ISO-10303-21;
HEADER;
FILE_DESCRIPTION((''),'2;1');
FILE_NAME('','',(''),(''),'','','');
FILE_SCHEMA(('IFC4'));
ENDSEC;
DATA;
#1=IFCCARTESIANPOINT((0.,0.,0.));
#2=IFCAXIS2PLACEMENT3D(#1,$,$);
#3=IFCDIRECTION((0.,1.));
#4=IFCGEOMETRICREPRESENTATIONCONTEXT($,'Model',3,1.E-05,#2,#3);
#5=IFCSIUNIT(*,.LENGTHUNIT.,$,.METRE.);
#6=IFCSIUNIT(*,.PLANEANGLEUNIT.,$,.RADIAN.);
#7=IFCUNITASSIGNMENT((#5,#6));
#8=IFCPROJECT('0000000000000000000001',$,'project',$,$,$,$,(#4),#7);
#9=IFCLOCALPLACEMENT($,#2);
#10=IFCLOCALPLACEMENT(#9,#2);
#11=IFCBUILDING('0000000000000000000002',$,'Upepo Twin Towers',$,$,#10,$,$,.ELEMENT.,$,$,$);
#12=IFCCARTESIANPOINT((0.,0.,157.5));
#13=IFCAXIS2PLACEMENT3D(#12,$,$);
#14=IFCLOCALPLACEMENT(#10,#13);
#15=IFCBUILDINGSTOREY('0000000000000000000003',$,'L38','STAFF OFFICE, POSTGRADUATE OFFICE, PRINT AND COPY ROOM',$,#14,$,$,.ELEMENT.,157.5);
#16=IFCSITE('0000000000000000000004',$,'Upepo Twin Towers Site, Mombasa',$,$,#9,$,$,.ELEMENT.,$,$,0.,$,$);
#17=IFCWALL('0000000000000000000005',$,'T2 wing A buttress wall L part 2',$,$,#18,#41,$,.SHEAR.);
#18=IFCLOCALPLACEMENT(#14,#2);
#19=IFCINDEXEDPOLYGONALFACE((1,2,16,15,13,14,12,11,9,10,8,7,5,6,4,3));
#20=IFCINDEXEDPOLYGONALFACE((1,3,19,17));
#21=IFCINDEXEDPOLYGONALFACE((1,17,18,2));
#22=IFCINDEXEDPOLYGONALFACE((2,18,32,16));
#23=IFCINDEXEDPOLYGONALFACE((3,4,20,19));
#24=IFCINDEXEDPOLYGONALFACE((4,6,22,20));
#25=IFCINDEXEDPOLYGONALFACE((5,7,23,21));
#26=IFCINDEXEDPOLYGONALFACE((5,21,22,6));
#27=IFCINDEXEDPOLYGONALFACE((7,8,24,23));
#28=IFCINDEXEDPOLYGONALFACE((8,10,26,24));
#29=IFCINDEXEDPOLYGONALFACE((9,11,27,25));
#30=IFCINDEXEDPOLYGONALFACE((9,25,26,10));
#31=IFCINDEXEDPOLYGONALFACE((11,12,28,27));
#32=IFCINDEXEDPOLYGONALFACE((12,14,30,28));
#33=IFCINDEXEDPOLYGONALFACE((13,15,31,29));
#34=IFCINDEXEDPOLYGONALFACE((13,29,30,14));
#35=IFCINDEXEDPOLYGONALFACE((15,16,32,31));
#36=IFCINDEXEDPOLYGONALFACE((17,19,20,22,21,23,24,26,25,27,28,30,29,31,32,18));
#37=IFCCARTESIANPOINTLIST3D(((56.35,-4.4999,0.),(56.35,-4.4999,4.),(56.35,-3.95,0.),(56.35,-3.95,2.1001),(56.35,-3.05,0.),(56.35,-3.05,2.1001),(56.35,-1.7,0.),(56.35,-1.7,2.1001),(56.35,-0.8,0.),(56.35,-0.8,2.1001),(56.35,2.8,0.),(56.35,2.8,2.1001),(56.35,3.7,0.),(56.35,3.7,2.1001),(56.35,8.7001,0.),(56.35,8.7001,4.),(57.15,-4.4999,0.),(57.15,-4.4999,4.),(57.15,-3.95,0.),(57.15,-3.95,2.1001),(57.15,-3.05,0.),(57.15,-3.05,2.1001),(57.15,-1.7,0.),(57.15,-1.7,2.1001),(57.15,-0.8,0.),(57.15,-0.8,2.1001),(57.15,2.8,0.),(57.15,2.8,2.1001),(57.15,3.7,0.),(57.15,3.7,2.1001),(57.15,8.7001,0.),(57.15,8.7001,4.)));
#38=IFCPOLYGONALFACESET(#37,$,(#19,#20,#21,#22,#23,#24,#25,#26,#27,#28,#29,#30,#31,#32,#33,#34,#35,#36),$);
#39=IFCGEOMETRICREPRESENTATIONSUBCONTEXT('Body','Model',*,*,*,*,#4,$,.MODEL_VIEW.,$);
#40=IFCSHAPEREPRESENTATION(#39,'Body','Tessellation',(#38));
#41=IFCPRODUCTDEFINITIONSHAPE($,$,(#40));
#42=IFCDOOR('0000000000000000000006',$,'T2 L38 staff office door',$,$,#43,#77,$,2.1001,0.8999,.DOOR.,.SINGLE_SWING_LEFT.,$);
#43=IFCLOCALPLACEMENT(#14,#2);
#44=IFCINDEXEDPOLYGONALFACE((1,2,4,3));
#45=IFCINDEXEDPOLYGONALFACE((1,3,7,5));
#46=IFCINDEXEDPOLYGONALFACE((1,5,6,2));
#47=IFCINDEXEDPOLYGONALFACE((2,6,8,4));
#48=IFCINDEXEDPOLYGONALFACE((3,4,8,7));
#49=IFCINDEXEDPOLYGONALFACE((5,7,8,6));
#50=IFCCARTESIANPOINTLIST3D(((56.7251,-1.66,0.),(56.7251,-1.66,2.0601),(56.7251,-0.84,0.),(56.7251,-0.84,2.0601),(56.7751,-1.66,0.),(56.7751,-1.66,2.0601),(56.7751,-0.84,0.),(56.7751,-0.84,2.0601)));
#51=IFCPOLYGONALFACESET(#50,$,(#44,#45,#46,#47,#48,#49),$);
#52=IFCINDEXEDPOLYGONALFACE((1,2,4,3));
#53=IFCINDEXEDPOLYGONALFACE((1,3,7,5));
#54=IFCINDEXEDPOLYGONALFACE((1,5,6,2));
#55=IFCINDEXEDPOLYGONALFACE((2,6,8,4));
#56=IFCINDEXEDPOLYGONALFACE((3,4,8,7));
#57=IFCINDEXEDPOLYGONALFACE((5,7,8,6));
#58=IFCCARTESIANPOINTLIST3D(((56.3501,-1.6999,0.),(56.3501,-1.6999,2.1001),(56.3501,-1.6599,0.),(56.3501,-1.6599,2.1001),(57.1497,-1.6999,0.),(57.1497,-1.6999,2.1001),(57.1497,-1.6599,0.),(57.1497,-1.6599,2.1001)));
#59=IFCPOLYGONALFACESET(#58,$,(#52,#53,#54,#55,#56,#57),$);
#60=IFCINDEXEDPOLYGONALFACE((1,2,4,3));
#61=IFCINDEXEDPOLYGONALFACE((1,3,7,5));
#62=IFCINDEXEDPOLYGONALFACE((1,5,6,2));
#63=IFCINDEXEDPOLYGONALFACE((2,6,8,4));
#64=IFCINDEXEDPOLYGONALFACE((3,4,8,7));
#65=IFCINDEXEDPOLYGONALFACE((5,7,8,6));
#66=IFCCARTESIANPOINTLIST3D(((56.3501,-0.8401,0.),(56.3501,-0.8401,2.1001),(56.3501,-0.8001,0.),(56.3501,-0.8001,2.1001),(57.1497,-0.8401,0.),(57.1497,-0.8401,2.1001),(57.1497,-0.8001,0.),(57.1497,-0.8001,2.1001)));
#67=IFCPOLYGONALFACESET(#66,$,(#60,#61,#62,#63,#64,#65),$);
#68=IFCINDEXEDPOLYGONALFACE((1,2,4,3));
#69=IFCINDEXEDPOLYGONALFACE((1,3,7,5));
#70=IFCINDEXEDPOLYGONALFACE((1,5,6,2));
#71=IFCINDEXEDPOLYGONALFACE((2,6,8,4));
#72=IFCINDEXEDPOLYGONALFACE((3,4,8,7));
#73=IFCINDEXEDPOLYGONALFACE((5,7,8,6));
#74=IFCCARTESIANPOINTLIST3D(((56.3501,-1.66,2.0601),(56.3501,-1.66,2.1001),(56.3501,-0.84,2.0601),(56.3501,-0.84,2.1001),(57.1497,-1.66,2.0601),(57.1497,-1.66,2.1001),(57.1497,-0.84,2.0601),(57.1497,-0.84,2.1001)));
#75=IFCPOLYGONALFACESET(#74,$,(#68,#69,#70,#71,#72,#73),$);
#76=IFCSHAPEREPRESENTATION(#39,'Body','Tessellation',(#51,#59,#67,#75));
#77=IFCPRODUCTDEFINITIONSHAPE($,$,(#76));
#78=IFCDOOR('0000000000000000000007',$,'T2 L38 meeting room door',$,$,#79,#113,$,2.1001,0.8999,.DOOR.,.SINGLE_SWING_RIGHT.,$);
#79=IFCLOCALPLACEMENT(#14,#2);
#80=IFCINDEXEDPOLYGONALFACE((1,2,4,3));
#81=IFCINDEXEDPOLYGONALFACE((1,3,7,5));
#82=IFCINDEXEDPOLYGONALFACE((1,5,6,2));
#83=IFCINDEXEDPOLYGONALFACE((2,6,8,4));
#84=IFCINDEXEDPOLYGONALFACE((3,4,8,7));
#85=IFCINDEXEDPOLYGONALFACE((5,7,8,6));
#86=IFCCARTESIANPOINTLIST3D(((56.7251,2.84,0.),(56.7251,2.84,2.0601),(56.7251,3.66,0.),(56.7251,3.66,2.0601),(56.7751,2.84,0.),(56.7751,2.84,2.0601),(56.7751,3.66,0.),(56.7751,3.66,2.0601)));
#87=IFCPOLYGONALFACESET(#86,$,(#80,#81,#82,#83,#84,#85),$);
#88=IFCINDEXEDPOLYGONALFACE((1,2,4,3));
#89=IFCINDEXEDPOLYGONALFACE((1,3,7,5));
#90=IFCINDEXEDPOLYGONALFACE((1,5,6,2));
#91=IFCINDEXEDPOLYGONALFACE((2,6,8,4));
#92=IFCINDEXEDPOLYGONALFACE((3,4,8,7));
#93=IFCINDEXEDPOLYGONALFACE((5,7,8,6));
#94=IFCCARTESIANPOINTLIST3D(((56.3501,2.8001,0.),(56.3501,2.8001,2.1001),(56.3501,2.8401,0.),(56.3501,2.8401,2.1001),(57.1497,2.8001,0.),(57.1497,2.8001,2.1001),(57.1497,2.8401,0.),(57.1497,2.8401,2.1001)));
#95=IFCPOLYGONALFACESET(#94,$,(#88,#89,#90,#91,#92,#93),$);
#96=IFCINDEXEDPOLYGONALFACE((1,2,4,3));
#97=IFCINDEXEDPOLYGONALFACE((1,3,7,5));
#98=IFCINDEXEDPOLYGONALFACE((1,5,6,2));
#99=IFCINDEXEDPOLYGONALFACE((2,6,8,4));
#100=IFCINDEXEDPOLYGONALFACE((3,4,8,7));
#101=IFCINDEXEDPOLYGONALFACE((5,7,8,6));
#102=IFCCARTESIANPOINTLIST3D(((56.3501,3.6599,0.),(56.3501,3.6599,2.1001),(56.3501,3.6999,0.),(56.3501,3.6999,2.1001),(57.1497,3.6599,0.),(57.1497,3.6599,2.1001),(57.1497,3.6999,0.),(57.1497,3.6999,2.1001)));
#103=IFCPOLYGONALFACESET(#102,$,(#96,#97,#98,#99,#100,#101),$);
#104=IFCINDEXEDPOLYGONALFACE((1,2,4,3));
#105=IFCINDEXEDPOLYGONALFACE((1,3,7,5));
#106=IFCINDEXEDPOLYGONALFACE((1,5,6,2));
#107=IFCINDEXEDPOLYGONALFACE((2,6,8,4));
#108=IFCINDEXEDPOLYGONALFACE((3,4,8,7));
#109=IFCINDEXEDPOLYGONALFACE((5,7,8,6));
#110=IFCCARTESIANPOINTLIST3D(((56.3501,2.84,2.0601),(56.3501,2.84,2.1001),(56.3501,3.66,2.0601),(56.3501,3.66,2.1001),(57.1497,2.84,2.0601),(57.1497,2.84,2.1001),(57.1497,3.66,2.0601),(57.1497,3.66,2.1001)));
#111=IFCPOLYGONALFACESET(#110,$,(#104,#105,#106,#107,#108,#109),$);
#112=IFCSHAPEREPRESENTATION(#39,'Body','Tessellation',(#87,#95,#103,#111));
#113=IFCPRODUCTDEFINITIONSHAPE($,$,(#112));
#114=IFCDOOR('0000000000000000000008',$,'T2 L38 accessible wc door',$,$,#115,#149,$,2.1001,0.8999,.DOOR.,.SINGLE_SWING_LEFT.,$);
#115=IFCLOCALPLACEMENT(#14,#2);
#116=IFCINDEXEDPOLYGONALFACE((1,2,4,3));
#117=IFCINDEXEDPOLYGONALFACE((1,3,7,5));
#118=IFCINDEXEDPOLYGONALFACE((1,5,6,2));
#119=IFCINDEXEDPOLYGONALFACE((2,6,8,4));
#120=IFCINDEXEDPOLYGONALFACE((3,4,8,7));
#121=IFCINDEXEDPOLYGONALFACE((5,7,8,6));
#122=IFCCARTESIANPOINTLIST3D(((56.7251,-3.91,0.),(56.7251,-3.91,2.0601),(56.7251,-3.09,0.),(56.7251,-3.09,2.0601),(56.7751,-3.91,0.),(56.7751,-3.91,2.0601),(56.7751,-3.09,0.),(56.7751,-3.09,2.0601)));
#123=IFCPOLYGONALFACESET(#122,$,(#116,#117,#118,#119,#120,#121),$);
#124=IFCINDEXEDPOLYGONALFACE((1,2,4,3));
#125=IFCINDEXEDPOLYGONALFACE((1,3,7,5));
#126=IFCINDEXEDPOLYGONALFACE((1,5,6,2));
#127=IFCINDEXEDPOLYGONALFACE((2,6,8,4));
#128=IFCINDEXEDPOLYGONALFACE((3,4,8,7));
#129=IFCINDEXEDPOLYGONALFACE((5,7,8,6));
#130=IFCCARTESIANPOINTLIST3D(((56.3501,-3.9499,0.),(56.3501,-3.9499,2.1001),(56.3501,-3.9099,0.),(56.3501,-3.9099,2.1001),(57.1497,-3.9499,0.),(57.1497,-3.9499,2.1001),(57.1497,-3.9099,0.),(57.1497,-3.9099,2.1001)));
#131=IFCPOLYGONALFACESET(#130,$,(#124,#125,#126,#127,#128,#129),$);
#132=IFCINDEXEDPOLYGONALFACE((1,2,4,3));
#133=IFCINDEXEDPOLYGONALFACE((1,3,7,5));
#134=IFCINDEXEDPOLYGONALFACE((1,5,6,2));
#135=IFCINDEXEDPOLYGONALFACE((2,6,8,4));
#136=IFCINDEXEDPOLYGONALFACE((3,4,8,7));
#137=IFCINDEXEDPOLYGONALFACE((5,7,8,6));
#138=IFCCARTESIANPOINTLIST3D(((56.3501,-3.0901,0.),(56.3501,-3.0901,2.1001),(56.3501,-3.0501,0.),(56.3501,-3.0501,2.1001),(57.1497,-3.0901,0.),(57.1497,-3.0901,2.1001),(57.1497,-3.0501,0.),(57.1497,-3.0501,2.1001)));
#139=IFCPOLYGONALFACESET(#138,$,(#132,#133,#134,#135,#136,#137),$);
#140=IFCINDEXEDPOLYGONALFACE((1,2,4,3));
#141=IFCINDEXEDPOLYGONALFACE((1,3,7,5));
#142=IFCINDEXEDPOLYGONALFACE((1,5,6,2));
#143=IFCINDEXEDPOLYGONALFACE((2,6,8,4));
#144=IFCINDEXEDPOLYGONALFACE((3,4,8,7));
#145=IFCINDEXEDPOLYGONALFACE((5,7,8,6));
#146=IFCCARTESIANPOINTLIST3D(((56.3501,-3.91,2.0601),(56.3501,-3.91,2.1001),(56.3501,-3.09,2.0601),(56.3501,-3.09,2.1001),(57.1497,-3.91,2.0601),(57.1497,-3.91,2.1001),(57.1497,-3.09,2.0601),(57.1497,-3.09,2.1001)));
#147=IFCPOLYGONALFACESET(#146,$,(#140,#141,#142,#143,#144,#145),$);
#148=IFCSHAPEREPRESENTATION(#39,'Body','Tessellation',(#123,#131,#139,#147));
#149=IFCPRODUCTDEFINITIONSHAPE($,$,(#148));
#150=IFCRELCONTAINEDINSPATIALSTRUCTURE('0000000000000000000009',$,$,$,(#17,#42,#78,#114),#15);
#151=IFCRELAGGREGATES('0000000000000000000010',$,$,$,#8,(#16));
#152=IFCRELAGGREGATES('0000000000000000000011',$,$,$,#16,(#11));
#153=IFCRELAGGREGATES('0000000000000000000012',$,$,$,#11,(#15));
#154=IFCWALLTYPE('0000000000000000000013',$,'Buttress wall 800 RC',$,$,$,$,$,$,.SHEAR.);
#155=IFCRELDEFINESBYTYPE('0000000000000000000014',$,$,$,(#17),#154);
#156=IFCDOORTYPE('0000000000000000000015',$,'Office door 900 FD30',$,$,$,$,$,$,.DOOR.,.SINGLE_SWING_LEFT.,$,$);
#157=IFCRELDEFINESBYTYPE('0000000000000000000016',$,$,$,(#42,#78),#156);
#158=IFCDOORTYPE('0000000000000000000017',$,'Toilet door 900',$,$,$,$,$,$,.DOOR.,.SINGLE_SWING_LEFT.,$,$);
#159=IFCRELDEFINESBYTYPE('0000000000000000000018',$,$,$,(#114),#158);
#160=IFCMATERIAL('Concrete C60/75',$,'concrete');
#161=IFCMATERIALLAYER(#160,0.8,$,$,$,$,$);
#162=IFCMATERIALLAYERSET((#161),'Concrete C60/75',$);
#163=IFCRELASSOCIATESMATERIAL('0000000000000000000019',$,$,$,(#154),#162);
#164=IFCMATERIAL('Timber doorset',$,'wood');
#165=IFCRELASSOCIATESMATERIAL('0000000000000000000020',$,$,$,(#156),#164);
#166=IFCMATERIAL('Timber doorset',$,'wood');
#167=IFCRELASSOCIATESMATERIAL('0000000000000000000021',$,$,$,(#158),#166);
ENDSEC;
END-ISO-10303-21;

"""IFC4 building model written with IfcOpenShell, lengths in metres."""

from ifc_helpers import new_model, si_unit, direction, frame, frame_2d, origin, place, context, subcontext, project, spatial, rectangle, extrude, material, layer, layer_set, type_object, element, fill, save


model = new_model("IFC4")

# Units and contexts
model_context = context("Model", 3, precision=1e-05, world=origin(), true_north=direction((0.0, 1.0)))
body_context = subcontext(model_context, "Body", "Model", "MODEL_VIEW")
ifc_project = project(units=[si_unit("LENGTHUNIT", "METRE"), si_unit("PLANEANGLEUNIT", "RADIAN")], contexts=[model_context])

# Site, building, storey
site_placement = place(None, origin())
site = spatial("IfcSite", under=ifc_project, at=site_placement, Name="Upepo Twin Towers Site, Mombasa", CompositionType="ELEMENT", RefElevation=0.0)
building_placement = place(site_placement, origin())
building = spatial("IfcBuilding", under=site, at=building_placement, Name="Upepo Twin Towers", CompositionType="ELEMENT")
storey_placement = place(building_placement, frame((0.0, 0.0, 157.5)))
storey = spatial("IfcBuildingStorey", under=building, at=storey_placement, Name="L38", Description="STAFF OFFICE, POSTGRADUATE OFFICE, PRINT AND COPY ROOM", CompositionType="ELEMENT", Elevation=157.5)

# Wall, openings, doors
ifc_material_1 = material(Name="Concrete C60/75", Category="concrete")
ifc_layer_1 = layer(ifc_material_1, 0.8)
ifc_layer_set_1 = layer_set([ifc_layer_1], Name="Concrete C60/75")
wall_type_1 = type_object("IfcWallType", Name="Buttress wall 800 RC", PredefinedType="SHEAR", material=ifc_layer_set_1)
wall_1_placement = place(storey_placement, frame((56.75, -4.5, 0.0), z_axis=(0.0, 0.0, 1.0), x_axis=(0.0, 1.0, 0.0)))
wall_1 = element("IfcWall", 1, at=wall_1_placement, inside=storey, type_object=wall_type_1, Name="T2 wing A buttress wall L part 2", PredefinedType="SHEAR", context=body_context, shape_type="SweptSolid", body=[
    extrude(rectangle(XDim=13.2, YDim=0.8, at=frame_2d((6.6001, 0.0))), origin(), (0.0, 0.0, 1.0), 4.0),
])
opening_1_placement = place(wall_1_placement, frame((0.55, 0.0, 0.0)))
opening_1 = element("IfcOpeningElement", 2, at=opening_1_placement, cuts=wall_1, PredefinedType="OPENING", context=body_context, shape_type="SweptSolid", body=[
    extrude(rectangle(XDim=0.8999, YDim=2.1001, at=frame_2d((0.45, 1.05))), frame((0.0, 0.4099, 0.0), z_axis=(0.0, -1.0, 0.0), x_axis=(1.0, 0.0, 0.0)), (0.0, 0.0, 1.0), 0.8201),
])
opening_2_placement = place(wall_1_placement, frame((2.8, 0.0, 0.0)))
opening_2 = element("IfcOpeningElement", 3, at=opening_2_placement, cuts=wall_1, PredefinedType="OPENING", context=body_context, shape_type="SweptSolid", body=[
    extrude(rectangle(XDim=0.8999, YDim=2.1001, at=frame_2d((0.45, 1.05))), frame((0.0, 0.4099, 0.0), z_axis=(0.0, -1.0, 0.0), x_axis=(1.0, 0.0, 0.0)), (0.0, 0.0, 1.0), 0.8201),
])
opening_3_placement = place(wall_1_placement, frame((7.3, 0.0, 0.0)))
opening_3 = element("IfcOpeningElement", 4, at=opening_3_placement, cuts=wall_1, PredefinedType="OPENING", context=body_context, shape_type="SweptSolid", body=[
    extrude(rectangle(XDim=0.8999, YDim=2.1001, at=frame_2d((0.45, 1.05))), frame((0.0, 0.4099, 0.0), z_axis=(0.0, -1.0, 0.0), x_axis=(1.0, 0.0, 0.0)), (0.0, 0.0, 1.0), 0.8201),
])
ifc_material_2 = material(Name="Timber doorset", Category="wood")
door_type_1 = type_object("IfcDoorType", Name="Office door 900 FD30", OperationType="SINGLE_SWING_LEFT", PredefinedType="DOOR", material=ifc_material_2)
door_1_placement = place(opening_2_placement, origin())
door_1 = element("IfcDoor", 5, at=door_1_placement, inside=storey, type_object=door_type_1, Name="T2 L38 staff office door", OperationType="SINGLE_SWING_LEFT", OverallHeight=2.1001, OverallWidth=0.8999, PredefinedType="DOOR", context=body_context, shape_type="SweptSolid", body=[
    extrude(rectangle(XDim=0.8199, YDim=2.0601, at=frame_2d((0.45, 1.03))), frame((0.0, 0.0249, 0.0), z_axis=(0.0, -1.0, 0.0), x_axis=(1.0, 0.0, 0.0)), (0.0, 0.0, 1.0), 0.05),
    extrude(rectangle(XDim=0.04, YDim=2.1001, at=frame_2d((0.02, 1.05))), frame((0.0, 0.3999, 0.0), z_axis=(0.0, -1.0, 0.0), x_axis=(1.0, 0.0, 0.0)), (0.0, 0.0, 1.0), 0.7996),
    extrude(rectangle(XDim=0.04, YDim=2.1001, at=frame_2d((0.8799, 1.05))), frame((0.0, 0.3999, 0.0), z_axis=(0.0, -1.0, 0.0), x_axis=(1.0, 0.0, 0.0)), (0.0, 0.0, 1.0), 0.7996),
    extrude(rectangle(XDim=0.8199, YDim=0.04, at=frame_2d((0.45, 2.0801))), frame((0.0, 0.3999, 0.0), z_axis=(0.0, -1.0, 0.0), x_axis=(1.0, 0.0, 0.0)), (0.0, 0.0, 1.0), 0.7996),
])
fill(opening_2, door_1)
door_2_placement = place(opening_3_placement, origin())
door_2 = element("IfcDoor", 6, at=door_2_placement, inside=storey, type_object=door_type_1, Name="T2 L38 meeting room door", OperationType="SINGLE_SWING_RIGHT", OverallHeight=2.1001, OverallWidth=0.8999, PredefinedType="DOOR", context=body_context, shape_type="SweptSolid", body=[
    extrude(rectangle(XDim=0.8199, YDim=2.0601, at=frame_2d((0.45, 1.03))), frame((0.0, 0.0249, 0.0), z_axis=(0.0, -1.0, 0.0), x_axis=(1.0, 0.0, 0.0)), (0.0, 0.0, 1.0), 0.05),
    extrude(rectangle(XDim=0.04, YDim=2.1001, at=frame_2d((0.02, 1.05))), frame((0.0, 0.3999, 0.0), z_axis=(0.0, -1.0, 0.0), x_axis=(1.0, 0.0, 0.0)), (0.0, 0.0, 1.0), 0.7996),
    extrude(rectangle(XDim=0.04, YDim=2.1001, at=frame_2d((0.8799, 1.05))), frame((0.0, 0.3999, 0.0), z_axis=(0.0, -1.0, 0.0), x_axis=(1.0, 0.0, 0.0)), (0.0, 0.0, 1.0), 0.7996),
    extrude(rectangle(XDim=0.8199, YDim=0.04, at=frame_2d((0.45, 2.0801))), frame((0.0, 0.3999, 0.0), z_axis=(0.0, -1.0, 0.0), x_axis=(1.0, 0.0, 0.0)), (0.0, 0.0, 1.0), 0.7996),
])
fill(opening_3, door_2)
ifc_material_3 = material(Name="Timber doorset", Category="wood")
door_type_2 = type_object("IfcDoorType", Name="Toilet door 900", OperationType="SINGLE_SWING_LEFT", PredefinedType="DOOR", material=ifc_material_3)
door_3_placement = place(opening_1_placement, origin())
door_3 = element("IfcDoor", 7, at=door_3_placement, inside=storey, type_object=door_type_2, Name="T2 L38 accessible wc door", OperationType="SINGLE_SWING_LEFT", OverallHeight=2.1001, OverallWidth=0.8999, PredefinedType="DOOR", context=body_context, shape_type="SweptSolid", body=[
    extrude(rectangle(XDim=0.8199, YDim=2.0601, at=frame_2d((0.45, 1.03))), frame((0.0, 0.0249, 0.0), z_axis=(0.0, -1.0, 0.0), x_axis=(1.0, 0.0, 0.0)), (0.0, 0.0, 1.0), 0.05),
    extrude(rectangle(XDim=0.04, YDim=2.1001, at=frame_2d((0.02, 1.05))), frame((0.0, 0.3999, 0.0), z_axis=(0.0, -1.0, 0.0), x_axis=(1.0, 0.0, 0.0)), (0.0, 0.0, 1.0), 0.7996),
    extrude(rectangle(XDim=0.04, YDim=2.1001, at=frame_2d((0.8799, 1.05))), frame((0.0, 0.3999, 0.0), z_axis=(0.0, -1.0, 0.0), x_axis=(1.0, 0.0, 0.0)), (0.0, 0.0, 1.0), 0.7996),
    extrude(rectangle(XDim=0.8199, YDim=0.04, at=frame_2d((0.45, 2.0801))), frame((0.0, 0.3999, 0.0), z_axis=(0.0, -1.0, 0.0), x_axis=(1.0, 0.0, 0.0)), (0.0, 0.0, 1.0), 0.7996),
])
fill(opening_1, door_3)

save(model, "model.ifc")
